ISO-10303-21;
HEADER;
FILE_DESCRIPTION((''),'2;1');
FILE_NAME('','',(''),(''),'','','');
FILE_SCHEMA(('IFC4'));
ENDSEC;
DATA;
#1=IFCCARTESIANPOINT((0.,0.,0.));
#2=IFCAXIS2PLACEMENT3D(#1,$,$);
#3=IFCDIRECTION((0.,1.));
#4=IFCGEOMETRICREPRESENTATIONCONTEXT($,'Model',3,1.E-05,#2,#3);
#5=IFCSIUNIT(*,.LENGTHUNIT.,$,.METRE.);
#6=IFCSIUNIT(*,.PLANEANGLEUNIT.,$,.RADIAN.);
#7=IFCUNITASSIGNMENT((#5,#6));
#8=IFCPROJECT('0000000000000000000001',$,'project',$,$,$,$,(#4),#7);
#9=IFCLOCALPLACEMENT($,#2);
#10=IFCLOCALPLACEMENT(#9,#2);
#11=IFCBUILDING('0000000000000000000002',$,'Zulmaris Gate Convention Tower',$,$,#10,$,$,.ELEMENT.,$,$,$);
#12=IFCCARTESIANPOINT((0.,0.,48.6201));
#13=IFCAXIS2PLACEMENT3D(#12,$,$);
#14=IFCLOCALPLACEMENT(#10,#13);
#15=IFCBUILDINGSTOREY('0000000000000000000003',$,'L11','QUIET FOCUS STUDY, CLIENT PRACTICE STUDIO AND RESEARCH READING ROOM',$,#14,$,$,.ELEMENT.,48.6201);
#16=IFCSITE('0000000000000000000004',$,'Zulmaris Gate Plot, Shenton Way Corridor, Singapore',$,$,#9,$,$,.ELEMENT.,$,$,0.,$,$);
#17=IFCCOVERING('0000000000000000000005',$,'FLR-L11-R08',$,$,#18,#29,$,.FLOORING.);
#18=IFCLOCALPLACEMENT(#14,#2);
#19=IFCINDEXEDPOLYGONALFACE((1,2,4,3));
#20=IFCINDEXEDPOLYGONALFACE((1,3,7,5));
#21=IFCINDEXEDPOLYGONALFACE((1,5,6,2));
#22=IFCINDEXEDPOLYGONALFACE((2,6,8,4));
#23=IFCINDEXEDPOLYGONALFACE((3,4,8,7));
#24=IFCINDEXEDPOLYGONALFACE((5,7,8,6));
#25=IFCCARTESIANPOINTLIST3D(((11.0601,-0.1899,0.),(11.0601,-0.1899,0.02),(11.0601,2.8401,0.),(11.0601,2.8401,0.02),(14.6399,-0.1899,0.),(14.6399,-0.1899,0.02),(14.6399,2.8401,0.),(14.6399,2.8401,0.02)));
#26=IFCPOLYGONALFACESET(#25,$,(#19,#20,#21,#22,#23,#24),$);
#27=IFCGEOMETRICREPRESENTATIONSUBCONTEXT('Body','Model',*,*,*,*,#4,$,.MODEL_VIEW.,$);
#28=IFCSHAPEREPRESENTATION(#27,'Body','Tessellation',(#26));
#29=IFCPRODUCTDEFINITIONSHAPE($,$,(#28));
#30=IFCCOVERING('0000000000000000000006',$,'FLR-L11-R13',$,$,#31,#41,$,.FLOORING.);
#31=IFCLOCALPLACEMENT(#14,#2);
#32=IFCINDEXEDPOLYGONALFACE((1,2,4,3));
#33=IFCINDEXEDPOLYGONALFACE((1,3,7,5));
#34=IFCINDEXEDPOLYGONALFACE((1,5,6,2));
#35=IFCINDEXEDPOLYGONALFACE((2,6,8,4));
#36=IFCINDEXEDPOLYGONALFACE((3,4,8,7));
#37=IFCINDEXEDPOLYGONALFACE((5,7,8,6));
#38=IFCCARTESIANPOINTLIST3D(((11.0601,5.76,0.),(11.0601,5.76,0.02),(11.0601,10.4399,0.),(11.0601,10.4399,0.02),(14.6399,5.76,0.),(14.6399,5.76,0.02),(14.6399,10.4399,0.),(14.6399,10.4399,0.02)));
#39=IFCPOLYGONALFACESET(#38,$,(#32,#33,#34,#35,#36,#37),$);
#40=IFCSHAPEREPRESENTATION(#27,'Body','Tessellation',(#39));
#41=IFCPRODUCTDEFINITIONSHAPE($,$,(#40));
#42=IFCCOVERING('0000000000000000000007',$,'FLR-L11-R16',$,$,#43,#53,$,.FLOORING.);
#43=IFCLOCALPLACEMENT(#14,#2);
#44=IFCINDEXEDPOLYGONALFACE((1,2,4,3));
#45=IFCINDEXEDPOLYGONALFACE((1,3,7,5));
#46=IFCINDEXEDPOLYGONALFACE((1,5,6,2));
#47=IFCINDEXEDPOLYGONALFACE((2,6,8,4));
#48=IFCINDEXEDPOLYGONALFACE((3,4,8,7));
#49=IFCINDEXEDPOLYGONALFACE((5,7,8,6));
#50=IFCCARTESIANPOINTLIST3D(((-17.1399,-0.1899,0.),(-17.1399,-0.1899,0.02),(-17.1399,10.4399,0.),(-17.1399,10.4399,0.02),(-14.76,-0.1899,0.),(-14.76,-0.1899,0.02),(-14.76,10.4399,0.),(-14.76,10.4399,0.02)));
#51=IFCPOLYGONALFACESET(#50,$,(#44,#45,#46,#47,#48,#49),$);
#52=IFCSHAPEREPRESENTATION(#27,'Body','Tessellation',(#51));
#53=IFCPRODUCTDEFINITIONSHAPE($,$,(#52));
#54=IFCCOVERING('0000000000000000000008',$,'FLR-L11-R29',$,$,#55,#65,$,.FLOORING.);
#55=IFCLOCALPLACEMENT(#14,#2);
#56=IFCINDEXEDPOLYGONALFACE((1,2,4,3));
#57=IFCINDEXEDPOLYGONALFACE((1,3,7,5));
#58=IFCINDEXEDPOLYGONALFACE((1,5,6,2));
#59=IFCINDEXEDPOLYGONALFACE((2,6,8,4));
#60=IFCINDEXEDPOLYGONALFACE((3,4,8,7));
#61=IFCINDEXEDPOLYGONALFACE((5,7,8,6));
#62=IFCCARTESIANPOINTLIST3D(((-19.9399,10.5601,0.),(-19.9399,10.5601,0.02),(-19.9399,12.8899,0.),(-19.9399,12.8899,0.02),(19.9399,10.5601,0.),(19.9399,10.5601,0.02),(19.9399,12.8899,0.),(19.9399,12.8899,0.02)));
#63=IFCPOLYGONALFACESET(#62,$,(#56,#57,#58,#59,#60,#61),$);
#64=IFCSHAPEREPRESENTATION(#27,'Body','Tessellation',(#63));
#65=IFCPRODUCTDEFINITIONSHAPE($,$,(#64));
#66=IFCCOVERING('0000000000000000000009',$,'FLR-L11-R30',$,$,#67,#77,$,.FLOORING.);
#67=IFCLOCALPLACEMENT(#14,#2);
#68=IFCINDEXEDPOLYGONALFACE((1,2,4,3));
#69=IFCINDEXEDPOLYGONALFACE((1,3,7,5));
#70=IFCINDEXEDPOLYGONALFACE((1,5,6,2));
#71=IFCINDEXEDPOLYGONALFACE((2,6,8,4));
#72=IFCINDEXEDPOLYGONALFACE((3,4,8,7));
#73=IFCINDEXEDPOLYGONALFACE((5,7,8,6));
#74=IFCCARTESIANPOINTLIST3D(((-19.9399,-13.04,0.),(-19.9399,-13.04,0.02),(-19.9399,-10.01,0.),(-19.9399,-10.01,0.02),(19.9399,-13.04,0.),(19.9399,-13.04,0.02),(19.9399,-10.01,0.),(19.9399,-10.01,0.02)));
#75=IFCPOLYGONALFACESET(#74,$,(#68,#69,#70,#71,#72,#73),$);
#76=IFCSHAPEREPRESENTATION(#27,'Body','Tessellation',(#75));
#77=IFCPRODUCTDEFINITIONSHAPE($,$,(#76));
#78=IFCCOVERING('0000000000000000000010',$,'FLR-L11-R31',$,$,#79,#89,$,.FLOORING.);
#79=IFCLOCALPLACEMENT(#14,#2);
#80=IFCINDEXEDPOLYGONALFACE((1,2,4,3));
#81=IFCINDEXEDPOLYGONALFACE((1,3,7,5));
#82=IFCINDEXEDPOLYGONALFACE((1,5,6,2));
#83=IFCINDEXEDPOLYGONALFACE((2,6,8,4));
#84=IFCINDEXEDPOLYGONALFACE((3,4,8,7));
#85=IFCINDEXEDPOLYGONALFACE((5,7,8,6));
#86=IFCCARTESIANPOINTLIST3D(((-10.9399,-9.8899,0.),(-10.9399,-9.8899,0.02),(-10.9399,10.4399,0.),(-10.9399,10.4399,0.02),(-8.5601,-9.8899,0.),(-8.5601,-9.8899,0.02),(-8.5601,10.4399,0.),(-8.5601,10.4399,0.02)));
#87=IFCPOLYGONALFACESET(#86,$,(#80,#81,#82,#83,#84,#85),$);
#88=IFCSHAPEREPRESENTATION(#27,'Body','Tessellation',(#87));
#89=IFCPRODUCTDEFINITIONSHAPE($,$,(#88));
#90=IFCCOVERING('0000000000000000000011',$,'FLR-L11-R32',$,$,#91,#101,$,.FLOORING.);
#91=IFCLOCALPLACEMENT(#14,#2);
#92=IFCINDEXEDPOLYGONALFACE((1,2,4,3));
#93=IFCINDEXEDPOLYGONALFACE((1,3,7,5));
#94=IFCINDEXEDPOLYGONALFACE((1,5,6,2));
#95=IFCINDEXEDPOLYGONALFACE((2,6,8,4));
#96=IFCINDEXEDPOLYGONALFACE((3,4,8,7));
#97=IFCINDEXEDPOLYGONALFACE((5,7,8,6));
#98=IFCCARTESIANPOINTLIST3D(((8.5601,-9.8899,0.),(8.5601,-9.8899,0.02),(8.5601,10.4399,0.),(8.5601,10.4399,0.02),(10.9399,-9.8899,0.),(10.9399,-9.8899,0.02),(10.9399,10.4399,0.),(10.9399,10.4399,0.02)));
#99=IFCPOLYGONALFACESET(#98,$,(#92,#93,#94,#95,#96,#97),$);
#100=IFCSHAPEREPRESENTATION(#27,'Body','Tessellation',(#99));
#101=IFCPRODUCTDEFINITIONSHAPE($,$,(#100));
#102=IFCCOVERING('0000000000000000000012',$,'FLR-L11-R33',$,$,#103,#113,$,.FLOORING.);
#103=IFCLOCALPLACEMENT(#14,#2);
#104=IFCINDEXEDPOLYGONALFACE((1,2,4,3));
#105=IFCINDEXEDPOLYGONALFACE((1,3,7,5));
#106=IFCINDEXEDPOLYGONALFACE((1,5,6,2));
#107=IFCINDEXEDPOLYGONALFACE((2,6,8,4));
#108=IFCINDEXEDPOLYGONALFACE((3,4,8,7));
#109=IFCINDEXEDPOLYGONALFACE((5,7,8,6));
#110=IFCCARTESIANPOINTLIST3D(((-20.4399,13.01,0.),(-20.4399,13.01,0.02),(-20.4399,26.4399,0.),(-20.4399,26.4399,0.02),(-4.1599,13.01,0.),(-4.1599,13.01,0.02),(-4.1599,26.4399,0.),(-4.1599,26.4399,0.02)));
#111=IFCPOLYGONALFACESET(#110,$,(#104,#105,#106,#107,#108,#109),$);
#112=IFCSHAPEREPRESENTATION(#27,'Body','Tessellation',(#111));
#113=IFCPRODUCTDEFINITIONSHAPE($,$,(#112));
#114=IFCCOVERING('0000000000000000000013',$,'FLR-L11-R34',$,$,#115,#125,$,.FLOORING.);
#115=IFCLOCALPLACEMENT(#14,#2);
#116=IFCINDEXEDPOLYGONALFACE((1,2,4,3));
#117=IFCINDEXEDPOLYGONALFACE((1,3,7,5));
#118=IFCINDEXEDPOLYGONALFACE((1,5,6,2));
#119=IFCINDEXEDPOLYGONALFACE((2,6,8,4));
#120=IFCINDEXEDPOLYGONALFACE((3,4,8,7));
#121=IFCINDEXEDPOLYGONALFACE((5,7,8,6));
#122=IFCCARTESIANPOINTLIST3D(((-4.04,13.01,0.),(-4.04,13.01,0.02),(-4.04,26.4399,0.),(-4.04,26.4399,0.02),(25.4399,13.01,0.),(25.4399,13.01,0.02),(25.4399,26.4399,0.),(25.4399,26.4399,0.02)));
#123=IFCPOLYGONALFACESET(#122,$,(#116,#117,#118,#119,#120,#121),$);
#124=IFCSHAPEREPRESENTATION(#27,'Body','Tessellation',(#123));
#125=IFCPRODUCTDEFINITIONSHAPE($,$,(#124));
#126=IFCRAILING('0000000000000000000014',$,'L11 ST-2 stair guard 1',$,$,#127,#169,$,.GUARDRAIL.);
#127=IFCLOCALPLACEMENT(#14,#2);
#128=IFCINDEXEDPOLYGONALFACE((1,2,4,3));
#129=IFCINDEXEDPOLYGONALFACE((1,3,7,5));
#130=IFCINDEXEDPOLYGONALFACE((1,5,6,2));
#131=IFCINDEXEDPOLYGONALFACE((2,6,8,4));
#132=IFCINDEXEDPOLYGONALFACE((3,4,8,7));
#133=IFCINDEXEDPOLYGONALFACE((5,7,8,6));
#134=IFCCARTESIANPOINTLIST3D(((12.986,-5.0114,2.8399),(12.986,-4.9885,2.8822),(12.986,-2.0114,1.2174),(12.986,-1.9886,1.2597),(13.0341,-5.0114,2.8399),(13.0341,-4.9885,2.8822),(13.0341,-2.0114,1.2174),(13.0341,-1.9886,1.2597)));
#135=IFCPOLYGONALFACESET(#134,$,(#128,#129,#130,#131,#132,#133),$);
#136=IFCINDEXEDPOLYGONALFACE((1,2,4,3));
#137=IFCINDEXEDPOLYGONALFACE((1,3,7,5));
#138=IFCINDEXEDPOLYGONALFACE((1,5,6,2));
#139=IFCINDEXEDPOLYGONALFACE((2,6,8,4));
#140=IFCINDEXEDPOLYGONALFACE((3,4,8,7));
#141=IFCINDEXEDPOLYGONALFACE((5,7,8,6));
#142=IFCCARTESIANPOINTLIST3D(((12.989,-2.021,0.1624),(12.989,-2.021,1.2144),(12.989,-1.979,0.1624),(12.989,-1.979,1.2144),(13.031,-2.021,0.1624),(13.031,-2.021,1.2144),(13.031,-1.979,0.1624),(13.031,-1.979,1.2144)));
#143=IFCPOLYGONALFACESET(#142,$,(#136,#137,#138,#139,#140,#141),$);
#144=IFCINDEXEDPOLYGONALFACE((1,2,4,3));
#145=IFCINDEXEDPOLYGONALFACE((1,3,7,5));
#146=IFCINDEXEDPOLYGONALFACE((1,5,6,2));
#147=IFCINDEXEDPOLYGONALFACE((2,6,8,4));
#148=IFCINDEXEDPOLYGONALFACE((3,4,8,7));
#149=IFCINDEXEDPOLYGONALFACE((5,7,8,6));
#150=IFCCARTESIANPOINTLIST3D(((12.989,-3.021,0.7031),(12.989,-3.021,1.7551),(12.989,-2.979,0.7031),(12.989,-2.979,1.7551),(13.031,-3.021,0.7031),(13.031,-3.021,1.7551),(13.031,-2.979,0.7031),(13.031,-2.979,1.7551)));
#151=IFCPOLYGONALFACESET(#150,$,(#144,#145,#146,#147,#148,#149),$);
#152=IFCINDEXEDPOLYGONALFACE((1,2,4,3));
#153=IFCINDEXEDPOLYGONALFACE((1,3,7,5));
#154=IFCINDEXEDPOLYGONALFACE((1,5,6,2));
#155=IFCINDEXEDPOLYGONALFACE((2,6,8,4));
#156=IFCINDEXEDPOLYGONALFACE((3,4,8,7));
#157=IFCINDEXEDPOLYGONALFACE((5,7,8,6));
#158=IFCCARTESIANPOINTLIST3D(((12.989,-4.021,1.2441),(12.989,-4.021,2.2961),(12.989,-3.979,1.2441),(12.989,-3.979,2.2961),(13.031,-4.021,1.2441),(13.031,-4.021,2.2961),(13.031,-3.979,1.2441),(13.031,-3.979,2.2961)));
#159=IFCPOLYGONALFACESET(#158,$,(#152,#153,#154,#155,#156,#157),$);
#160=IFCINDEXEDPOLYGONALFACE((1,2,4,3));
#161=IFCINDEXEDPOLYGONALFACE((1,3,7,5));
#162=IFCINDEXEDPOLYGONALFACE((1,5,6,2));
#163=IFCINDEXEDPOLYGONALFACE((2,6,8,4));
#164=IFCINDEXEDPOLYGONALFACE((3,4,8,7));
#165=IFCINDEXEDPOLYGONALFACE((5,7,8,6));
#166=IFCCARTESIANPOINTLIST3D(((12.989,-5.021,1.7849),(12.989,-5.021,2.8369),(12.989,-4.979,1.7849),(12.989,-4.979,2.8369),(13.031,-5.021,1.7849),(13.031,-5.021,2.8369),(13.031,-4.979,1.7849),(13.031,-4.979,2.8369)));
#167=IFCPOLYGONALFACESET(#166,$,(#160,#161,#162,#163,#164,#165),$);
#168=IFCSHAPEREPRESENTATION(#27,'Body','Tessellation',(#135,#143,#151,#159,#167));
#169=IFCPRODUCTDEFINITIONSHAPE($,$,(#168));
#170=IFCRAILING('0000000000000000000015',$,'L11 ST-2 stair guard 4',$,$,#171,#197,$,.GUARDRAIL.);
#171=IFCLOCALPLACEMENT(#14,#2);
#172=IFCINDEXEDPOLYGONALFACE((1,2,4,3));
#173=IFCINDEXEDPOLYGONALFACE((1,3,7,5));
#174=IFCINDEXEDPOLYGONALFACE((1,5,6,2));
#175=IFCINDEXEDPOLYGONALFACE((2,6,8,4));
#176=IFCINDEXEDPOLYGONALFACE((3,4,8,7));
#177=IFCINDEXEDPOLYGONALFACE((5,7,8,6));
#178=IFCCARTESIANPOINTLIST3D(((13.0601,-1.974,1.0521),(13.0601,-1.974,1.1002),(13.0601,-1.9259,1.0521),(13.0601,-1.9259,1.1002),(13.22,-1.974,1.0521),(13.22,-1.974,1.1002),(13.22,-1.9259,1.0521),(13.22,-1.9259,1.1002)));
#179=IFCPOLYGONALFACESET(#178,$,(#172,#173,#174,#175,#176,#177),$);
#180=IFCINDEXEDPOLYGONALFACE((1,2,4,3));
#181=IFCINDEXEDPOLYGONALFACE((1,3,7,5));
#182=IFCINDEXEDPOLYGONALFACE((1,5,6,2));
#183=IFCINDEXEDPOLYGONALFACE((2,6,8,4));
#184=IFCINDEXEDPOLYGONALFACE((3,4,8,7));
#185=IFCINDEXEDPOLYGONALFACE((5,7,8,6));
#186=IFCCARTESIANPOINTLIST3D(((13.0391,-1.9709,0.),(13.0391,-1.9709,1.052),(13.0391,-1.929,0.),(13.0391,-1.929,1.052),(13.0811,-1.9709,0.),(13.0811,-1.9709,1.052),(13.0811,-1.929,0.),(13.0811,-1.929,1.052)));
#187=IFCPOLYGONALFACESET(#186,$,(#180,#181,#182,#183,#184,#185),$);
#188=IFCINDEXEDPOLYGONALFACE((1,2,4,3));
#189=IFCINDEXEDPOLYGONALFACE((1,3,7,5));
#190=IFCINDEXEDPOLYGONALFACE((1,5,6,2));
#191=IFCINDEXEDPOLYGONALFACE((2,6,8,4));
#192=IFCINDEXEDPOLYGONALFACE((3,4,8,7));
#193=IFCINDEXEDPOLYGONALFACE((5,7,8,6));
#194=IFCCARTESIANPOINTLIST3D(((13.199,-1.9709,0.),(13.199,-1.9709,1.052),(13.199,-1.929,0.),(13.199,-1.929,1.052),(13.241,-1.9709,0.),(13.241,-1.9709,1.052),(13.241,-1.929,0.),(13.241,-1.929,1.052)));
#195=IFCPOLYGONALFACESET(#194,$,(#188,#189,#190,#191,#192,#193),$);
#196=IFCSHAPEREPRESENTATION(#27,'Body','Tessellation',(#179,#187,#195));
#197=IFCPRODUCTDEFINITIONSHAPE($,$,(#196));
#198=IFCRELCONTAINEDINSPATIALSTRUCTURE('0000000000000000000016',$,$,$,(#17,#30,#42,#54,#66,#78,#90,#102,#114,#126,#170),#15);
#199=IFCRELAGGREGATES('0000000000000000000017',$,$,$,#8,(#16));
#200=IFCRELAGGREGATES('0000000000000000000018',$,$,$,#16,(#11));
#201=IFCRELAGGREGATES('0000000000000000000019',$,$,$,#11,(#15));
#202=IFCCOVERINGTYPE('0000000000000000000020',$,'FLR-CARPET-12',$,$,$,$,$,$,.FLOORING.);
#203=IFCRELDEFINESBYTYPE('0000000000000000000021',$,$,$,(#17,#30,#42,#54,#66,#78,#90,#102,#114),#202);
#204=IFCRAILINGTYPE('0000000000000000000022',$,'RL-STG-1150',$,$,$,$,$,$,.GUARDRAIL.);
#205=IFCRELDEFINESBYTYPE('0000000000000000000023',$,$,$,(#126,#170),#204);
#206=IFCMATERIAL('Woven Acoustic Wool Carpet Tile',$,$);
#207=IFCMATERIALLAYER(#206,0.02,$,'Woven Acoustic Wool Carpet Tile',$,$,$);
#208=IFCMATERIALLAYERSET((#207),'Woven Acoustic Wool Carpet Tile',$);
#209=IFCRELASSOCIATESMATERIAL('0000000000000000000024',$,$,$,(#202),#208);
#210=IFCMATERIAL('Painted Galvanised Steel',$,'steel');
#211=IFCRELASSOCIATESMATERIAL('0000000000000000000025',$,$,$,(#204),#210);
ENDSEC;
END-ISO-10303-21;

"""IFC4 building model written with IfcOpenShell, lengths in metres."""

from ifc_helpers import new_model, si_unit, direction, frame, origin, origin_2d, place, context, subcontext, project, spatial, polyline, rectangle, outline, extrude, material, layer, layer_set, type_object, element, save


model = new_model("IFC4")

# Units and contexts
model_context = context("Model", 3, precision=1e-05, world=origin(), true_north=direction((0.0, 1.0)))
body_context = subcontext(model_context, "Body", "Model", "MODEL_VIEW")
ifc_project = project(units=[si_unit("LENGTHUNIT", "METRE"), si_unit("PLANEANGLEUNIT", "RADIAN")], contexts=[model_context])

# Site, building, storey
site_placement = place(None, origin())
site = spatial("IfcSite", under=ifc_project, at=site_placement, Name="Zulmaris Gate Plot, Shenton Way Corridor, Singapore", CompositionType="ELEMENT", RefElevation=0.0)
building_placement = place(site_placement, origin())
building = spatial("IfcBuilding", under=site, at=building_placement, Name="Zulmaris Gate Convention Tower", CompositionType="ELEMENT")
storey_placement = place(building_placement, frame((0.0, 0.0, 48.6201)))
storey = spatial("IfcBuildingStorey", under=building, at=storey_placement, Name="L11", Description="QUIET FOCUS STUDY, CLIENT PRACTICE STUDIO AND RESEARCH READING ROOM", CompositionType="ELEMENT", Elevation=48.6201)

# Coverings
ifc_material_1 = material(Name="Woven Acoustic Wool Carpet Tile")
ifc_layer_1 = layer(ifc_material_1, 0.02, Name="Woven Acoustic Wool Carpet Tile")
ifc_layer_set_1 = layer_set([ifc_layer_1], Name="Woven Acoustic Wool Carpet Tile")
covering_type_1 = type_object("IfcCoveringType", Name="FLR-CARPET-12", PredefinedType="FLOORING", material=ifc_layer_set_1)
covering_1_placement = place(storey_placement, origin())
element("IfcCovering", 1, at=covering_1_placement, inside=storey, type_object=covering_type_1, Name="FLR-L11-R08", PredefinedType="FLOORING", context=body_context, shape_type="SweptSolid", body=[
    extrude(outline(polyline([(11.0601, -0.1899), (14.6399, -0.1899), (14.6399, 2.8401), (11.0601, 2.8401), (11.0601, -0.1899)])), origin(), (0.0, 0.0, 1.0), 0.02),
])
covering_2_placement = place(storey_placement, origin())
element("IfcCovering", 2, at=covering_2_placement, inside=storey, type_object=covering_type_1, Name="FLR-L11-R13", PredefinedType="FLOORING", context=body_context, shape_type="SweptSolid", body=[
    extrude(outline(polyline([(11.0601, 5.76), (14.6399, 5.76), (14.6399, 10.4399), (11.0601, 10.4399), (11.0601, 5.76)])), origin(), (0.0, 0.0, 1.0), 0.02),
])
covering_3_placement = place(storey_placement, origin())
element("IfcCovering", 3, at=covering_3_placement, inside=storey, type_object=covering_type_1, Name="FLR-L11-R16", PredefinedType="FLOORING", context=body_context, shape_type="SweptSolid", body=[
    extrude(outline(polyline([(-17.1399, -0.1899), (-14.76, -0.1899), (-14.76, 10.4399), (-17.1399, 10.4399), (-17.1399, -0.1899)])), origin(), (0.0, 0.0, 1.0), 0.02),
])
covering_4_placement = place(storey_placement, origin())
element("IfcCovering", 4, at=covering_4_placement, inside=storey, type_object=covering_type_1, Name="FLR-L11-R29", PredefinedType="FLOORING", context=body_context, shape_type="SweptSolid", body=[
    extrude(outline(polyline([(-19.9399, 10.5601), (19.9399, 10.5601), (19.9399, 12.8899), (-19.9399, 12.8899), (-19.9399, 10.5601)])), origin(), (0.0, 0.0, 1.0), 0.02),
])
covering_5_placement = place(storey_placement, origin())
element("IfcCovering", 5, at=covering_5_placement, inside=storey, type_object=covering_type_1, Name="FLR-L11-R30", PredefinedType="FLOORING", context=body_context, shape_type="SweptSolid", body=[
    extrude(outline(polyline([(-19.9399, -13.04), (19.9399, -13.04), (19.9399, -10.01), (-19.9399, -10.01), (-19.9399, -13.04)])), origin(), (0.0, 0.0, 1.0), 0.02),
])
covering_6_placement = place(storey_placement, origin())
element("IfcCovering", 6, at=covering_6_placement, inside=storey, type_object=covering_type_1, Name="FLR-L11-R31", PredefinedType="FLOORING", context=body_context, shape_type="SweptSolid", body=[
    extrude(outline(polyline([(-10.9399, -9.8899), (-8.5601, -9.8899), (-8.5601, 10.4399), (-10.9399, 10.4399), (-10.9399, -9.8899)])), origin(), (0.0, 0.0, 1.0), 0.02),
])
covering_7_placement = place(storey_placement, origin())
element("IfcCovering", 7, at=covering_7_placement, inside=storey, type_object=covering_type_1, Name="FLR-L11-R32", PredefinedType="FLOORING", context=body_context, shape_type="SweptSolid", body=[
    extrude(outline(polyline([(8.5601, -9.8899), (10.9399, -9.8899), (10.9399, 10.4399), (8.5601, 10.4399), (8.5601, -9.8899)])), origin(), (0.0, 0.0, 1.0), 0.02),
])
covering_8_placement = place(storey_placement, origin())
element("IfcCovering", 8, at=covering_8_placement, inside=storey, type_object=covering_type_1, Name="FLR-L11-R33", PredefinedType="FLOORING", context=body_context, shape_type="SweptSolid", body=[
    extrude(outline(polyline([(-20.4399, 13.01), (-4.1599, 13.01), (-4.1599, 26.4399), (-20.4399, 26.4399), (-20.4399, 13.01)])), origin(), (0.0, 0.0, 1.0), 0.02),
])
covering_9_placement = place(storey_placement, origin())
element("IfcCovering", 9, at=covering_9_placement, inside=storey, type_object=covering_type_1, Name="FLR-L11-R34", PredefinedType="FLOORING", context=body_context, shape_type="SweptSolid", body=[
    extrude(outline(polyline([(-4.04, 13.01), (25.4399, 13.01), (25.4399, 26.4399), (-4.04, 26.4399), (-4.04, 13.01)])), origin(), (0.0, 0.0, 1.0), 0.02),
])

# Railings
ifc_material_2 = material(Name="Painted Galvanised Steel", Category="steel")
railing_type = type_object("IfcRailingType", Name="RL-STG-1150", PredefinedType="GUARDRAIL", material=ifc_material_2)
railing_1_placement = place(storey_placement, frame((13.01, -2.0, 0.1624)))
element("IfcRailing", 10, at=railing_1_placement, inside=storey, type_object=railing_type, Name="L11 ST-2 stair guard 1", PredefinedType="GUARDRAIL", context=body_context, shape_type="SweptSolid", body=[
    extrude(rectangle(XDim=0.0481, YDim=0.0481, at=origin_2d()), frame((0.0, 0.0, 1.0762), z_axis=(0.0, -0.879592, 0.47573), x_axis=(1.0, 0.0, 0.0)), (0.0, 0.0, 1.0), 3.4106),
    extrude(rectangle(XDim=0.042, YDim=0.042, at=origin_2d()), origin(), (0.0, 0.0, 1.0), 1.052),
    extrude(rectangle(XDim=0.042, YDim=0.042, at=origin_2d()), frame((0.0, -1.0, 0.5408)), (0.0, 0.0, 1.0), 1.052),
    extrude(rectangle(XDim=0.042, YDim=0.042, at=origin_2d()), frame((0.0, -2.0, 1.0818)), (0.0, 0.0, 1.0), 1.052),
    extrude(rectangle(XDim=0.042, YDim=0.042, at=origin_2d()), frame((0.0, -3.0, 1.6226)), (0.0, 0.0, 1.0), 1.052),
])
railing_2_placement = place(storey_placement, frame((13.0601, -1.95, 0.0)))
element("IfcRailing", 11, at=railing_2_placement, inside=storey, type_object=railing_type, Name="L11 ST-2 stair guard 4", PredefinedType="GUARDRAIL", context=body_context, shape_type="SweptSolid", body=[
    extrude(rectangle(XDim=0.0481, YDim=0.0481, at=origin_2d()), frame((0.0, 0.0, 1.0762), z_axis=(1.0, 0.0, 0.0), x_axis=(0.0, 1.0, 0.0)), (0.0, 0.0, 1.0), 0.1599),
    extrude(rectangle(XDim=0.042, YDim=0.042, at=origin_2d()), origin(), (0.0, 0.0, 1.0), 1.052),
    extrude(rectangle(XDim=0.042, YDim=0.042, at=origin_2d()), frame((0.1599, 0.0, 0.0)), (0.0, 0.0, 1.0), 1.052),
])

save(model, "model.ifc")
